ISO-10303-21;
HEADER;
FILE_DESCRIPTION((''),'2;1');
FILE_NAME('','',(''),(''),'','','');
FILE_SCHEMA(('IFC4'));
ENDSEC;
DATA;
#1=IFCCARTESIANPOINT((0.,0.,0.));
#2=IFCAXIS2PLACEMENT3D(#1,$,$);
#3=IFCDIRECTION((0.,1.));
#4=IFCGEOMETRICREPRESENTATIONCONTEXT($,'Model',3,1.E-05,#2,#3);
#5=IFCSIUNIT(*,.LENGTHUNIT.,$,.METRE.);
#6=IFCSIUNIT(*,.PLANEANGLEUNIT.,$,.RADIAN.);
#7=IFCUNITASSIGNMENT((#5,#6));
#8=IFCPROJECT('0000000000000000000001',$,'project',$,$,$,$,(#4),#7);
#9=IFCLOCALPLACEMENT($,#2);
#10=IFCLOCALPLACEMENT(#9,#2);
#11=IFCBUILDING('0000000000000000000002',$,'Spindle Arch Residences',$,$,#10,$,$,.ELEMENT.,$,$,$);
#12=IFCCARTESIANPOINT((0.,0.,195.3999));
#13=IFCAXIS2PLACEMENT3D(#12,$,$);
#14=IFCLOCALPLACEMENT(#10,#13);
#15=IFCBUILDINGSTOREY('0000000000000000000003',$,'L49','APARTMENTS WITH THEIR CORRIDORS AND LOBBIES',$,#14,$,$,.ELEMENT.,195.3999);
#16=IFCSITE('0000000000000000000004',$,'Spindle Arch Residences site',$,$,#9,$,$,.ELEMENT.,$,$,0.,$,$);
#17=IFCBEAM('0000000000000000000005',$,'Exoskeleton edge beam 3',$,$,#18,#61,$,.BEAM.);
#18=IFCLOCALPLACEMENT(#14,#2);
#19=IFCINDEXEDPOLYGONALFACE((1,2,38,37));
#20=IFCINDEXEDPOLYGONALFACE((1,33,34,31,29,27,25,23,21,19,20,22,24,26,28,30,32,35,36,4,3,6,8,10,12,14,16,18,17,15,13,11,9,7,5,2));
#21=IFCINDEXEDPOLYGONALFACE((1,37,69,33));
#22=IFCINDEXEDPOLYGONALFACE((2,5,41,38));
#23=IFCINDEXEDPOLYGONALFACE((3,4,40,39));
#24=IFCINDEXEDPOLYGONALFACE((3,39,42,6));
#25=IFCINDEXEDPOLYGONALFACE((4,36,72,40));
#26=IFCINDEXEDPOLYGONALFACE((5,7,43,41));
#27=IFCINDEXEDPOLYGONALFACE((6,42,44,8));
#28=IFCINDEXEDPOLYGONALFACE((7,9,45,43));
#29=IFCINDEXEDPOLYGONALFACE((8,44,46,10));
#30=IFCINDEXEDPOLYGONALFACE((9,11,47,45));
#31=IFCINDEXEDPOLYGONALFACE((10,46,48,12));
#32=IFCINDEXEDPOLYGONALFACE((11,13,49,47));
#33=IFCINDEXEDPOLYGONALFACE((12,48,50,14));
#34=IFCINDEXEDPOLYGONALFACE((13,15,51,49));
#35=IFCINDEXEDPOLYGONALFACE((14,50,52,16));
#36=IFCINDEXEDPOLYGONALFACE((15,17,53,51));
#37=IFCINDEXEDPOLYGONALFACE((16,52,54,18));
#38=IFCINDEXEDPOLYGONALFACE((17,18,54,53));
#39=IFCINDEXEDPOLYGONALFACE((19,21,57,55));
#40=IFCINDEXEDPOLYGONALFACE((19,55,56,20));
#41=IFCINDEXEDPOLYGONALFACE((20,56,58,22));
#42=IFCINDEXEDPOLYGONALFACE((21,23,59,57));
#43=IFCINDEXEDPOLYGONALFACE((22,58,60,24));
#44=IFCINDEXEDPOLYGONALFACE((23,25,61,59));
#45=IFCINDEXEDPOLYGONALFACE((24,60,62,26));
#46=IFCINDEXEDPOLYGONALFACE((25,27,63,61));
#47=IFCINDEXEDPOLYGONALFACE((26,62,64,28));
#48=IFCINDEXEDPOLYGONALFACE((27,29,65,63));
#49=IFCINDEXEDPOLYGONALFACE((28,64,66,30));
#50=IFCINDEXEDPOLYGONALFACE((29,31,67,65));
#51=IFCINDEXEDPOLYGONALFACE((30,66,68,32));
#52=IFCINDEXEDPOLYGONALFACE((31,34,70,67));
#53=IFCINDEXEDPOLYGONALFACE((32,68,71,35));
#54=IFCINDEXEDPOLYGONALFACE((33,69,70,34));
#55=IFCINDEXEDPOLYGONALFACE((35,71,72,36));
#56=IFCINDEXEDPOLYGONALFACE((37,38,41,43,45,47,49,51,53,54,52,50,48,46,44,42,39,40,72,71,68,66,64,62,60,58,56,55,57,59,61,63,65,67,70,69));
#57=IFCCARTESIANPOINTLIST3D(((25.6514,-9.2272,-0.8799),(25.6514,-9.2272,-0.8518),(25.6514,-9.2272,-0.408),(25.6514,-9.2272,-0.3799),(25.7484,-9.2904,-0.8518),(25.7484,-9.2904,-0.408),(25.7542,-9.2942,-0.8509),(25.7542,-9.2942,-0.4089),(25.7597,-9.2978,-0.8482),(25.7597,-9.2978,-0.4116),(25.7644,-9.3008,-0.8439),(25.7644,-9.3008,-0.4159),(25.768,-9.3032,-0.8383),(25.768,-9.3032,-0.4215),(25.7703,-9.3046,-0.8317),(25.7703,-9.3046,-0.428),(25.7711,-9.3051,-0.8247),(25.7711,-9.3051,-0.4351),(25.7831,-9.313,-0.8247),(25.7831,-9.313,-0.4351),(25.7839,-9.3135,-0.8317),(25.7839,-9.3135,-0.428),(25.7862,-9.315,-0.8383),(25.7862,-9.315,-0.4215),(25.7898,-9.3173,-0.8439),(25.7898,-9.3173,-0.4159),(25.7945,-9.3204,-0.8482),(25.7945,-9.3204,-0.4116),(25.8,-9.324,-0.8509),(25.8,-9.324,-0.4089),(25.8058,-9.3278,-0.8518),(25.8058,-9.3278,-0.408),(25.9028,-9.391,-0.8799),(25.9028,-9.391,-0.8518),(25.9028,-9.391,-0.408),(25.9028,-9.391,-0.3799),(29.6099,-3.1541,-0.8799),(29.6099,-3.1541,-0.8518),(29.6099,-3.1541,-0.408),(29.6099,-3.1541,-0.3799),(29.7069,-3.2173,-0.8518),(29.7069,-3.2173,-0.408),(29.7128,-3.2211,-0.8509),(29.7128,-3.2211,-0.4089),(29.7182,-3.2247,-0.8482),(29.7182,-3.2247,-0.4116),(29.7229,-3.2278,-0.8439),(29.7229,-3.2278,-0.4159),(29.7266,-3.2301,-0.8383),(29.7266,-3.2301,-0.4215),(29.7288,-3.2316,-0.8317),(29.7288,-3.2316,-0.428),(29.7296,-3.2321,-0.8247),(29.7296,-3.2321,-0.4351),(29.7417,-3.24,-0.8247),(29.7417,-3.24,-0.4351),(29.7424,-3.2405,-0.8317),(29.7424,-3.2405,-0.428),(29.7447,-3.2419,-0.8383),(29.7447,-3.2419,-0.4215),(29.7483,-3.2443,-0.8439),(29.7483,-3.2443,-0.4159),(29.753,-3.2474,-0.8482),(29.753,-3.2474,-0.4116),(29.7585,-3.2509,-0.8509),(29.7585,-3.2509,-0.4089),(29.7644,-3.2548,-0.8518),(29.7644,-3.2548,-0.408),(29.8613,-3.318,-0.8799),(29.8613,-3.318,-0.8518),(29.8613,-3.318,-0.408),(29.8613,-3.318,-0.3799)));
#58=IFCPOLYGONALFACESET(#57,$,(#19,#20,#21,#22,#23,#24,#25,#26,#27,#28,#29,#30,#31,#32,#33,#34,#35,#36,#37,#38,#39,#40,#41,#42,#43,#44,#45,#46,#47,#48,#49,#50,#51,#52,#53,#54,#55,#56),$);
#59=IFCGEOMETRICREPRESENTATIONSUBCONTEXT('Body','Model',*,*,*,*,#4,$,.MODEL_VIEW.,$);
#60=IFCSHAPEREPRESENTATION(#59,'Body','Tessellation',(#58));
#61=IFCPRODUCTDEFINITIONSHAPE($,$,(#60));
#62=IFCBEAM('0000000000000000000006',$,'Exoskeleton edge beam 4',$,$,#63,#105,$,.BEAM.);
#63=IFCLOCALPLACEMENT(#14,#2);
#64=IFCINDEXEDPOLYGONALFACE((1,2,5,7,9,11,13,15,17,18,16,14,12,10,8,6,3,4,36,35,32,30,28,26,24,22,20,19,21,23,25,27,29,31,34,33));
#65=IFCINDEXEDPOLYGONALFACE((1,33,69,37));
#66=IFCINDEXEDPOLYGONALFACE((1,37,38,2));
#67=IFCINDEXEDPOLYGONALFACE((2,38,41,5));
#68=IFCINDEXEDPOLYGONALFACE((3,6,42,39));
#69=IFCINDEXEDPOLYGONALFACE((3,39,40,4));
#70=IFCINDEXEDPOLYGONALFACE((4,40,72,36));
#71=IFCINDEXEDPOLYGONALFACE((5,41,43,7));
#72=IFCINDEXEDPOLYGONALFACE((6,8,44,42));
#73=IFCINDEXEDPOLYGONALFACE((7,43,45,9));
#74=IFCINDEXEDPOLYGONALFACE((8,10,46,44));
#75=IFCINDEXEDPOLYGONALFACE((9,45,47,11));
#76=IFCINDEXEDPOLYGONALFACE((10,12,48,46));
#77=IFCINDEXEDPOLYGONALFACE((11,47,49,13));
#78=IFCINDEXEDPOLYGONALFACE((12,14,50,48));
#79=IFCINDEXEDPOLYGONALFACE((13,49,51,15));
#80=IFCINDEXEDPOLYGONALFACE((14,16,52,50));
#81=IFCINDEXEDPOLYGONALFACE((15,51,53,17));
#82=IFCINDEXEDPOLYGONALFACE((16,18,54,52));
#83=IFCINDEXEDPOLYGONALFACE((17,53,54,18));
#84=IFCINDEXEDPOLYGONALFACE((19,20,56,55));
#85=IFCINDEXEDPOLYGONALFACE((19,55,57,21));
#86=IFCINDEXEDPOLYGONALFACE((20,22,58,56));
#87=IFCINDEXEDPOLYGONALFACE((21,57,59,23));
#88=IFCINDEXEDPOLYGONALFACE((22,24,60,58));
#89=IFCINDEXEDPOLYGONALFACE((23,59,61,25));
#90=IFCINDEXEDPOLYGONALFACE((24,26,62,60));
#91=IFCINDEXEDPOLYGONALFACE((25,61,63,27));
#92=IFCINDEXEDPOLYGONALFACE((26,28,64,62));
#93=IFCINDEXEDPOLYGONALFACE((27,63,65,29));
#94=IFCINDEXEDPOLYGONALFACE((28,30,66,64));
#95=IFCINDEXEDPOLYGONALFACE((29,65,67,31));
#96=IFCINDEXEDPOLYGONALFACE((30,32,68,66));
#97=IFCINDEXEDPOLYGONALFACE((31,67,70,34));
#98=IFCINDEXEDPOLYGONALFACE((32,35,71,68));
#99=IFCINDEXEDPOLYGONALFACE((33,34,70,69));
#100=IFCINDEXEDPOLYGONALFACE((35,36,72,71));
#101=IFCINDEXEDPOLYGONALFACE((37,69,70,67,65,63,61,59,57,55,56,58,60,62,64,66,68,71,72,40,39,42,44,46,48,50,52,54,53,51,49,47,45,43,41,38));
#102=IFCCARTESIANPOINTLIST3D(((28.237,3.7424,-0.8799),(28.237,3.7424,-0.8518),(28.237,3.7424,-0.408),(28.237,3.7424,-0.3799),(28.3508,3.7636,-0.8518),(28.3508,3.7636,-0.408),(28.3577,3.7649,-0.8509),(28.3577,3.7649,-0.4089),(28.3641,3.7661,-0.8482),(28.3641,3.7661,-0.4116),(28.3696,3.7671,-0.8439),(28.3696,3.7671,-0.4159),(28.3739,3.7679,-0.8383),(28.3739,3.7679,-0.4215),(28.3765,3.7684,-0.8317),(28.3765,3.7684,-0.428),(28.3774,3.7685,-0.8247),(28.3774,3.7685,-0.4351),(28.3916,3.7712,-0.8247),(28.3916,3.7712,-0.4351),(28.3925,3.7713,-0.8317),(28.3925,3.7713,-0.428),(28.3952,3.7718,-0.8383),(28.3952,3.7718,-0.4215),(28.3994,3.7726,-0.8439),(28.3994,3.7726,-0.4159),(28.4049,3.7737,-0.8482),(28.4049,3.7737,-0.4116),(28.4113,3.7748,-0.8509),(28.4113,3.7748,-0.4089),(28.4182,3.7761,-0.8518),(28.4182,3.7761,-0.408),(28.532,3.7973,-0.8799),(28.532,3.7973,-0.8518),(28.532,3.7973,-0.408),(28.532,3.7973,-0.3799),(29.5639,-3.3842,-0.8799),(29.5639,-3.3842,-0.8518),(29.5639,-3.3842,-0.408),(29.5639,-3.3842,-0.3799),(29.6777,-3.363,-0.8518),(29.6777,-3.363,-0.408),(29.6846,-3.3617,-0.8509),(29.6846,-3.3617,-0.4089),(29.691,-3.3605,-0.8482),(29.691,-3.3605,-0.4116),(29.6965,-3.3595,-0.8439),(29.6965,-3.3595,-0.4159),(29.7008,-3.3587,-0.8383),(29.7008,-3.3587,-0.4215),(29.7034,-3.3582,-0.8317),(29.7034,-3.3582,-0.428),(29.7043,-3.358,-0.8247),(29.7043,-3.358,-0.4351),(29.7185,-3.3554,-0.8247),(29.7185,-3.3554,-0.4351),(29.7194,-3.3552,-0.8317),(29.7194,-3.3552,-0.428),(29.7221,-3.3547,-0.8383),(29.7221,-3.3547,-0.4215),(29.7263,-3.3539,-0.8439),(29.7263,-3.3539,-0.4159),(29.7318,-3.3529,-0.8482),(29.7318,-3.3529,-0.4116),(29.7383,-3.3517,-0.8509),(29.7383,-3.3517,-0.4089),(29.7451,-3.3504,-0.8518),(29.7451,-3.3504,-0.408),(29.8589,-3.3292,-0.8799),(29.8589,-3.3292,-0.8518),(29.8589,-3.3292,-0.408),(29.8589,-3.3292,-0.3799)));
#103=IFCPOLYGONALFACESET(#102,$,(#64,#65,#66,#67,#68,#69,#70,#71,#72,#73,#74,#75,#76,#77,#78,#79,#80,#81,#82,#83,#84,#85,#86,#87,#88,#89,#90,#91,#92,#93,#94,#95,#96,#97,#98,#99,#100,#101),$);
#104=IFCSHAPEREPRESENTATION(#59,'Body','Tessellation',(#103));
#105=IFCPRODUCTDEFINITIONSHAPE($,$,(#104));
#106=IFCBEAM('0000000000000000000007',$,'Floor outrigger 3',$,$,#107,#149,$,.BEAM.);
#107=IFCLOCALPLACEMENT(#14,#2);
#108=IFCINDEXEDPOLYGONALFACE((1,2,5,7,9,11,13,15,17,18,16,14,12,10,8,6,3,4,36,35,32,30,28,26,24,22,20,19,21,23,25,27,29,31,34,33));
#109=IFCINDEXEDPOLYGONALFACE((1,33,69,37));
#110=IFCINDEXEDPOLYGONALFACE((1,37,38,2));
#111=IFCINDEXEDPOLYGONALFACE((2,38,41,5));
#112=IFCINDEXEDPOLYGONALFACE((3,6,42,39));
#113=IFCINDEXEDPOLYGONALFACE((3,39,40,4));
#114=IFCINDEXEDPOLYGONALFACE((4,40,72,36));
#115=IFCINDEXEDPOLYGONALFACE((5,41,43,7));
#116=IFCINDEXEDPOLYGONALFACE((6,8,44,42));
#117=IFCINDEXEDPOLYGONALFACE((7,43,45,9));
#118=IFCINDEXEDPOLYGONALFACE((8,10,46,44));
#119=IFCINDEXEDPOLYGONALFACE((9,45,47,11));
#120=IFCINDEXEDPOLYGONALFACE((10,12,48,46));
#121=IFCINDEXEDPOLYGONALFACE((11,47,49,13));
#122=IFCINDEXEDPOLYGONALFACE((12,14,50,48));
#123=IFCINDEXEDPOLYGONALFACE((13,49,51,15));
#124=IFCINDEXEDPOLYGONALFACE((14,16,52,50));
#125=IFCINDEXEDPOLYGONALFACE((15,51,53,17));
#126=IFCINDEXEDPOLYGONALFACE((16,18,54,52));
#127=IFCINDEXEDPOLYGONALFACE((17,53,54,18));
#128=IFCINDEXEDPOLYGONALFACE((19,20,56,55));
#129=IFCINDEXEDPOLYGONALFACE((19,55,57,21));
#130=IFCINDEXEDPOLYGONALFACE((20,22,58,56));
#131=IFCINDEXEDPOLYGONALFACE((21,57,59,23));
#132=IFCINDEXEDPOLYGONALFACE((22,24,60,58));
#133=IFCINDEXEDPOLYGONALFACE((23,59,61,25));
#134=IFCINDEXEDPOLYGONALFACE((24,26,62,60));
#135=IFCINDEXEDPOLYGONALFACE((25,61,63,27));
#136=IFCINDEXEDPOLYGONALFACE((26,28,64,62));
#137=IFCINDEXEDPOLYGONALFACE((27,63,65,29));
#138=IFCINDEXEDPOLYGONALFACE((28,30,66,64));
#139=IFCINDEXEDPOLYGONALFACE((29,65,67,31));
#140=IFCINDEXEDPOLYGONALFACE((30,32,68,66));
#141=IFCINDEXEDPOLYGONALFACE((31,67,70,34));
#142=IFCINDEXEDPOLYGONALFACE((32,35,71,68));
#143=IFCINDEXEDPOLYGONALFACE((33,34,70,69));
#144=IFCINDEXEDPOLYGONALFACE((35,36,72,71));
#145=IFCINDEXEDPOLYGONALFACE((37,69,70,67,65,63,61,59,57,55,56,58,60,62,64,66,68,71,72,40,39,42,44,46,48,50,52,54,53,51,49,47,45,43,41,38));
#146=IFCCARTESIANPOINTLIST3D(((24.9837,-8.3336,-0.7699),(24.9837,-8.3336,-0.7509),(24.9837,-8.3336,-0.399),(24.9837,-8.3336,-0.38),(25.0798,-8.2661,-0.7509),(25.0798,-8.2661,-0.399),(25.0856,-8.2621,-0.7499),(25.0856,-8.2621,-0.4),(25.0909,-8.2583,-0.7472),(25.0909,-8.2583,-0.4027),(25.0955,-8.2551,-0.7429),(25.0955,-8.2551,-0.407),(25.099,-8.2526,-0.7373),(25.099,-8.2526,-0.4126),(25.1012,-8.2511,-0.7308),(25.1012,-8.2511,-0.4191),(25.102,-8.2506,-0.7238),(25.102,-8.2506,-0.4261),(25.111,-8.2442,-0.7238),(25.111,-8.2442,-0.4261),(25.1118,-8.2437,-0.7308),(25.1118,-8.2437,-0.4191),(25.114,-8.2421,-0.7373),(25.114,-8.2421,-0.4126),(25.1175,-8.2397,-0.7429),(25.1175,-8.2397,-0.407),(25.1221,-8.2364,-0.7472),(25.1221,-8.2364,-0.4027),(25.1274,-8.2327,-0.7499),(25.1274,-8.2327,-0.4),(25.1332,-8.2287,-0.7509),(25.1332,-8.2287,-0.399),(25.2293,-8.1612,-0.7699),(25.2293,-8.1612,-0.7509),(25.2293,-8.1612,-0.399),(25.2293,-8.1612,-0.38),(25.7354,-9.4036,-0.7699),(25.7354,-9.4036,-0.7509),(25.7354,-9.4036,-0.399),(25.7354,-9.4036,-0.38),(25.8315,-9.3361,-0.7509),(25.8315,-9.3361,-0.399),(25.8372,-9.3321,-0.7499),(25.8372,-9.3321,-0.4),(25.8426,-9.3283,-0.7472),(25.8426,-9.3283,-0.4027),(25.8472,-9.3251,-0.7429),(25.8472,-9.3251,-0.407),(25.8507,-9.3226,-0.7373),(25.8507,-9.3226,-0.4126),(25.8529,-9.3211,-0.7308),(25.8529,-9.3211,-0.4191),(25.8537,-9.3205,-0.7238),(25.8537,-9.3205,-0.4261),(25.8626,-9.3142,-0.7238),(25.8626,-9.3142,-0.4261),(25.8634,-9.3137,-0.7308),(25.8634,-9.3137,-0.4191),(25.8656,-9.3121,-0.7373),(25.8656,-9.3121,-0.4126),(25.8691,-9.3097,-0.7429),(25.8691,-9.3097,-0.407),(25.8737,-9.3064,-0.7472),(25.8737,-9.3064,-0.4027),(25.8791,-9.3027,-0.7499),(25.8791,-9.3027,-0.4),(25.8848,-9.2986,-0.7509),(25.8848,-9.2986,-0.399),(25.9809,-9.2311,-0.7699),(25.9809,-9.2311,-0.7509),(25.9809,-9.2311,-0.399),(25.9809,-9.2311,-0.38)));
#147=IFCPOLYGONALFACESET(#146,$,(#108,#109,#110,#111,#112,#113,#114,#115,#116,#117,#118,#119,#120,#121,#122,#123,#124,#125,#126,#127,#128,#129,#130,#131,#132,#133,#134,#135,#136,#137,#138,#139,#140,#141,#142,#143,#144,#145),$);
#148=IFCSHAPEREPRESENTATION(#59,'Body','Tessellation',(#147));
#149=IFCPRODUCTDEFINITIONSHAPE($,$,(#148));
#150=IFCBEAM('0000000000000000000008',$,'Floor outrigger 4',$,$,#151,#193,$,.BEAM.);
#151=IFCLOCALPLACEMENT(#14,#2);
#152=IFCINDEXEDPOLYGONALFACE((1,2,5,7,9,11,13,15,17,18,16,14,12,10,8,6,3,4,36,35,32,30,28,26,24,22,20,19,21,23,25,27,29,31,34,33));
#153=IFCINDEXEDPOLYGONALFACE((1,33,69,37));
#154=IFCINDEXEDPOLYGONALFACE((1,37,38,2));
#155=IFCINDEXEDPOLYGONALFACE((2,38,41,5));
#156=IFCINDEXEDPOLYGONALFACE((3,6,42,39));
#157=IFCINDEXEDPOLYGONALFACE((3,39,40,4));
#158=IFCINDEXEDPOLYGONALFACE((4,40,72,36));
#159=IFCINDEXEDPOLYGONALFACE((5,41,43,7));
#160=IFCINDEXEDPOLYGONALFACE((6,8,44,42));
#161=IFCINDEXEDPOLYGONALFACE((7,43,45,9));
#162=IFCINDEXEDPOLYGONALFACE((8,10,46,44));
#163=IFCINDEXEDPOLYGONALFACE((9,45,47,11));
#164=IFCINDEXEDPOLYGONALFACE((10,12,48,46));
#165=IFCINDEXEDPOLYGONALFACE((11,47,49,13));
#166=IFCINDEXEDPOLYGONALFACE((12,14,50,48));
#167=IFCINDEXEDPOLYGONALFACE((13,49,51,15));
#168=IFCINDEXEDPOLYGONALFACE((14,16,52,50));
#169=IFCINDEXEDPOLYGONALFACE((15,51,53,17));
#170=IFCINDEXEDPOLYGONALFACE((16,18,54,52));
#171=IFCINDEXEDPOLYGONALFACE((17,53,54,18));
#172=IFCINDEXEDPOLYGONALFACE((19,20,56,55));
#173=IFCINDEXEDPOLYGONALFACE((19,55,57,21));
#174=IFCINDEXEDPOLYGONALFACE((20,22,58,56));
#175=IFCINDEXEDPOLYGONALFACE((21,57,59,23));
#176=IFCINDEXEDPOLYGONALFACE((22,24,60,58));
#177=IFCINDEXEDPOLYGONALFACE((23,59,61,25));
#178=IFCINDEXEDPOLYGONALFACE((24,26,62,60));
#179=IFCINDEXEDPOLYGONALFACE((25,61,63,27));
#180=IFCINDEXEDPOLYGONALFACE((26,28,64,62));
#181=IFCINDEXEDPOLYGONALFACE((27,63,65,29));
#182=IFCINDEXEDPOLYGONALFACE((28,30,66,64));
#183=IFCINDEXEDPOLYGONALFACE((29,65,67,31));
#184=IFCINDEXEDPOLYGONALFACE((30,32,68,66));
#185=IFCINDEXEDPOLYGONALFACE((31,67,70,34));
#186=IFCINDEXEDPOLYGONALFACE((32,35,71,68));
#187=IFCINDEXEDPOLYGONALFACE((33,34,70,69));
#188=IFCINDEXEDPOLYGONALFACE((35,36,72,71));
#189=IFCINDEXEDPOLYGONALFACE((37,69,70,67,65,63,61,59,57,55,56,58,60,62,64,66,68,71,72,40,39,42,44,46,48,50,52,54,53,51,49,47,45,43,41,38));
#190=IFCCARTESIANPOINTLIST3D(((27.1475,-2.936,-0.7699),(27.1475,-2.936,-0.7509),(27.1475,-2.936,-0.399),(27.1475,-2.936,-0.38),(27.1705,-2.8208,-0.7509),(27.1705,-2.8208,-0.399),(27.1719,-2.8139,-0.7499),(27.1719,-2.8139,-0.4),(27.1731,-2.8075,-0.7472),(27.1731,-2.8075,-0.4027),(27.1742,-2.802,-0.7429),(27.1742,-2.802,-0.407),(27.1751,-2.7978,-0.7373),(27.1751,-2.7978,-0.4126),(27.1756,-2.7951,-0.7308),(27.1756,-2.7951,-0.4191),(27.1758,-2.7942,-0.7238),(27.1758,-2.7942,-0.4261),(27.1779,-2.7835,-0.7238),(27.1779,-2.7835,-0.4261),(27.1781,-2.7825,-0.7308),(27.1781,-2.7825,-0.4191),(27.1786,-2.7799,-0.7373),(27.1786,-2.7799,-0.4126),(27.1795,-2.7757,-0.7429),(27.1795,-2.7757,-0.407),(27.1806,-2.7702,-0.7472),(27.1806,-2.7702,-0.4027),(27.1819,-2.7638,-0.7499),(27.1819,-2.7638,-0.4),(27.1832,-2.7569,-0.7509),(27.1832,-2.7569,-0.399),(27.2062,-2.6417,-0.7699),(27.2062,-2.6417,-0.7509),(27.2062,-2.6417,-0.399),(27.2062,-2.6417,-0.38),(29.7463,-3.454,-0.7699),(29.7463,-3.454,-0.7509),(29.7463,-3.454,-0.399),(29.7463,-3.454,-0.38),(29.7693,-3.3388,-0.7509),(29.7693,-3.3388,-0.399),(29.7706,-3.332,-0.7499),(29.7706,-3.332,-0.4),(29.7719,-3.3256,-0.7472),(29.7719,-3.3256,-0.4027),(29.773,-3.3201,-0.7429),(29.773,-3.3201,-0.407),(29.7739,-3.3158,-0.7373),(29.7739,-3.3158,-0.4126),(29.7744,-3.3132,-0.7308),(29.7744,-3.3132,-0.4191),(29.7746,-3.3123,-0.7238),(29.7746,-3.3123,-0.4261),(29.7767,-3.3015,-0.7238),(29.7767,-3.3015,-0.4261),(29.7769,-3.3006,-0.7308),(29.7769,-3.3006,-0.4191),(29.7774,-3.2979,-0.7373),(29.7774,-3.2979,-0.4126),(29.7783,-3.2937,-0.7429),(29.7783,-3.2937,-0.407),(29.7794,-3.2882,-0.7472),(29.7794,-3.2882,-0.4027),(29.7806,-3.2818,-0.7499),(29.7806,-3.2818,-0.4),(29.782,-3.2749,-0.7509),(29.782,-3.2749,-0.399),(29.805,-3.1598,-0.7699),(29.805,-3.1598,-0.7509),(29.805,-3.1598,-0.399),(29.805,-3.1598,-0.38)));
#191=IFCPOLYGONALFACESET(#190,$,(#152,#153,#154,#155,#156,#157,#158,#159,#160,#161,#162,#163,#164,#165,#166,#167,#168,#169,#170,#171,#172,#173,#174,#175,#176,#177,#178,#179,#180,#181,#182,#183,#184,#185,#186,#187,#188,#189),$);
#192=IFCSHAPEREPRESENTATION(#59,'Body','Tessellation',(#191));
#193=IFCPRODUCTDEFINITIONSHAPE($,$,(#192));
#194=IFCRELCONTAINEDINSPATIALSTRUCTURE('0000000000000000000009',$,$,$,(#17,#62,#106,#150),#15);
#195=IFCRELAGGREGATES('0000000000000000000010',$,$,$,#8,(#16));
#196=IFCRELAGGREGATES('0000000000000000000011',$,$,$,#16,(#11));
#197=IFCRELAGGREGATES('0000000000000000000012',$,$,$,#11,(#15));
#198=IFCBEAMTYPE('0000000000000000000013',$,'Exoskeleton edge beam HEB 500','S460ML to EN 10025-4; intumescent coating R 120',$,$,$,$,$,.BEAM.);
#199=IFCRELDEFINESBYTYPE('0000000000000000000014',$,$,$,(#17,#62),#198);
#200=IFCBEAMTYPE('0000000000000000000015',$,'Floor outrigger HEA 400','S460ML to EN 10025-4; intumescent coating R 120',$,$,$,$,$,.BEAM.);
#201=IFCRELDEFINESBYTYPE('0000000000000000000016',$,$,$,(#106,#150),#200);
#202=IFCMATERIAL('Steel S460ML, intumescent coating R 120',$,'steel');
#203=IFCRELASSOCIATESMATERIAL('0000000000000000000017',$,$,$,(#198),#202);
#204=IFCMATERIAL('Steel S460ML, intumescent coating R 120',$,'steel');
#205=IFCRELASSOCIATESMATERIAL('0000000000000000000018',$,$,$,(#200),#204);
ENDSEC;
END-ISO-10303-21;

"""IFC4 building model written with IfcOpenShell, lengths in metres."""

from ifc_helpers import new_model, si_unit, direction, frame, origin, origin_2d, place, context, subcontext, project, spatial, i_section, extrude, material, material_profile, profile_set, type_object, element, save


model = new_model("IFC4")

# Units and contexts
model_context = context("Model", 3, precision=1e-05, world=origin(), true_north=direction((0.0, 1.0)))
body_context = subcontext(model_context, "Body", "Model", "MODEL_VIEW")
ifc_project = project(units=[si_unit("LENGTHUNIT", "METRE"), si_unit("PLANEANGLEUNIT", "RADIAN")], contexts=[model_context])

# Site, building, storey
site_placement = place(None, origin())
site = spatial("IfcSite", under=ifc_project, at=site_placement, Name="Spindle Arch Residences site", CompositionType="ELEMENT", RefElevation=0.0)
building_placement = place(site_placement, origin())
building = spatial("IfcBuilding", under=site, at=building_placement, Name="Spindle Arch Residences", CompositionType="ELEMENT")
storey_placement = place(building_placement, frame((0.0, 0.0, 195.3999)))
storey = spatial("IfcBuildingStorey", under=building, at=storey_placement, Name="L49", Description="APARTMENTS WITH THEIR CORRIDORS AND LOBBIES", CompositionType="ELEMENT", Elevation=195.3999)

# Beams
ifc_material_1 = material(Name="Steel S460ML, intumescent coating R 120", Category="steel")
ifc_material_profile_1 = material_profile(ifc_material_1, i_section(OverallWidth=0.3, OverallDepth=0.5, WebThickness=0.0144, FlangeThickness=0.0281, FilletRadius=0.0271, at=origin_2d()), Name="HEB 500")
ifc_profile_set_1 = profile_set([ifc_material_profile_1], Name="Steel S460ML, intumescent coating R 120")
beam_type_1 = type_object("IfcBeamType", Name="Exoskeleton edge beam HEB 500", Description="S460ML to EN 10025-4; intumescent coating R 120", PredefinedType="BEAM", material=ifc_profile_set_1)
beam_1_placement = place(storey_placement, frame((25.7771, -9.3091, -0.6299), z_axis=(0.546059, 0.837747, 0.0), x_axis=(-0.837747, 0.546059, 0.0)))
element("IfcBeam", 1, at=beam_1_placement, inside=storey, type_object=beam_type_1, Name="Exoskeleton edge beam 3", PredefinedType="BEAM", context=body_context, shape_type="SweptSolid", body=[
    extrude(i_section(OverallWidth=0.3, OverallDepth=0.5, WebThickness=0.0144, FlangeThickness=0.0281, FilletRadius=0.0271, at=origin_2d()), origin(), (0.0, 0.0, 1.0), 7.2493),
])
beam_2_placement = place(storey_placement, frame((29.7114, -3.3567, -0.6299), z_axis=(-0.183048, 0.983104, 0.0), x_axis=(-0.983104, -0.183048, 0.0)))
element("IfcBeam", 2, at=beam_2_placement, inside=storey, type_object=beam_type_1, Name="Exoskeleton edge beam 4", PredefinedType="BEAM", context=body_context, shape_type="SweptSolid", body=[
    extrude(i_section(OverallWidth=0.3, OverallDepth=0.5, WebThickness=0.0144, FlangeThickness=0.0281, FilletRadius=0.0271, at=origin_2d()), origin(), (0.0, 0.0, 1.0), 7.249),
])
ifc_material_2 = material(Name="Steel S460ML, intumescent coating R 120", Category="steel")
ifc_material_profile_2 = material_profile(ifc_material_2, i_section(OverallWidth=0.3, OverallDepth=0.3899, WebThickness=0.011, FlangeThickness=0.019, FilletRadius=0.0271, at=origin_2d()), Name="HEA 400")
ifc_profile_set_2 = profile_set([ifc_material_profile_2], Name="Steel S460ML, intumescent coating R 120")
beam_type_2 = type_object("IfcBeamType", Name="Floor outrigger HEA 400", Description="S460ML to EN 10025-4; intumescent coating R 120", PredefinedType="BEAM", material=ifc_profile_set_2)
beam_3_placement = place(storey_placement, frame((25.8582, -9.3174, -0.575), z_axis=(-0.574827, 0.818275, 0.0), x_axis=(-0.818275, -0.574827, 0.0)))
element("IfcBeam", 3, at=beam_3_placement, inside=storey, type_object=beam_type_2, Name="Floor outrigger 3", PredefinedType="BEAM", context=body_context, shape_type="SweptSolid", body=[
    extrude(i_section(OverallWidth=0.3, OverallDepth=0.3899, WebThickness=0.011, FlangeThickness=0.019, FilletRadius=0.0271, at=origin_2d()), origin(), (0.0, 0.0, 1.0), 1.3076),
])
beam_4_placement = place(storey_placement, frame((29.7756, -3.3069, -0.575), z_axis=(-0.980704, 0.195496, 0.0), x_axis=(-0.195496, -0.980704, 0.0)))
element("IfcBeam", 4, at=beam_4_placement, inside=storey, type_object=beam_type_2, Name="Floor outrigger 4", PredefinedType="BEAM", context=body_context, shape_type="SweptSolid", body=[
    extrude(i_section(OverallWidth=0.3, OverallDepth=0.3899, WebThickness=0.011, FlangeThickness=0.019, FilletRadius=0.0271, at=origin_2d()), origin(), (0.0, 0.0, 1.0), 2.6499),
])

save(model, "model.ifc")
